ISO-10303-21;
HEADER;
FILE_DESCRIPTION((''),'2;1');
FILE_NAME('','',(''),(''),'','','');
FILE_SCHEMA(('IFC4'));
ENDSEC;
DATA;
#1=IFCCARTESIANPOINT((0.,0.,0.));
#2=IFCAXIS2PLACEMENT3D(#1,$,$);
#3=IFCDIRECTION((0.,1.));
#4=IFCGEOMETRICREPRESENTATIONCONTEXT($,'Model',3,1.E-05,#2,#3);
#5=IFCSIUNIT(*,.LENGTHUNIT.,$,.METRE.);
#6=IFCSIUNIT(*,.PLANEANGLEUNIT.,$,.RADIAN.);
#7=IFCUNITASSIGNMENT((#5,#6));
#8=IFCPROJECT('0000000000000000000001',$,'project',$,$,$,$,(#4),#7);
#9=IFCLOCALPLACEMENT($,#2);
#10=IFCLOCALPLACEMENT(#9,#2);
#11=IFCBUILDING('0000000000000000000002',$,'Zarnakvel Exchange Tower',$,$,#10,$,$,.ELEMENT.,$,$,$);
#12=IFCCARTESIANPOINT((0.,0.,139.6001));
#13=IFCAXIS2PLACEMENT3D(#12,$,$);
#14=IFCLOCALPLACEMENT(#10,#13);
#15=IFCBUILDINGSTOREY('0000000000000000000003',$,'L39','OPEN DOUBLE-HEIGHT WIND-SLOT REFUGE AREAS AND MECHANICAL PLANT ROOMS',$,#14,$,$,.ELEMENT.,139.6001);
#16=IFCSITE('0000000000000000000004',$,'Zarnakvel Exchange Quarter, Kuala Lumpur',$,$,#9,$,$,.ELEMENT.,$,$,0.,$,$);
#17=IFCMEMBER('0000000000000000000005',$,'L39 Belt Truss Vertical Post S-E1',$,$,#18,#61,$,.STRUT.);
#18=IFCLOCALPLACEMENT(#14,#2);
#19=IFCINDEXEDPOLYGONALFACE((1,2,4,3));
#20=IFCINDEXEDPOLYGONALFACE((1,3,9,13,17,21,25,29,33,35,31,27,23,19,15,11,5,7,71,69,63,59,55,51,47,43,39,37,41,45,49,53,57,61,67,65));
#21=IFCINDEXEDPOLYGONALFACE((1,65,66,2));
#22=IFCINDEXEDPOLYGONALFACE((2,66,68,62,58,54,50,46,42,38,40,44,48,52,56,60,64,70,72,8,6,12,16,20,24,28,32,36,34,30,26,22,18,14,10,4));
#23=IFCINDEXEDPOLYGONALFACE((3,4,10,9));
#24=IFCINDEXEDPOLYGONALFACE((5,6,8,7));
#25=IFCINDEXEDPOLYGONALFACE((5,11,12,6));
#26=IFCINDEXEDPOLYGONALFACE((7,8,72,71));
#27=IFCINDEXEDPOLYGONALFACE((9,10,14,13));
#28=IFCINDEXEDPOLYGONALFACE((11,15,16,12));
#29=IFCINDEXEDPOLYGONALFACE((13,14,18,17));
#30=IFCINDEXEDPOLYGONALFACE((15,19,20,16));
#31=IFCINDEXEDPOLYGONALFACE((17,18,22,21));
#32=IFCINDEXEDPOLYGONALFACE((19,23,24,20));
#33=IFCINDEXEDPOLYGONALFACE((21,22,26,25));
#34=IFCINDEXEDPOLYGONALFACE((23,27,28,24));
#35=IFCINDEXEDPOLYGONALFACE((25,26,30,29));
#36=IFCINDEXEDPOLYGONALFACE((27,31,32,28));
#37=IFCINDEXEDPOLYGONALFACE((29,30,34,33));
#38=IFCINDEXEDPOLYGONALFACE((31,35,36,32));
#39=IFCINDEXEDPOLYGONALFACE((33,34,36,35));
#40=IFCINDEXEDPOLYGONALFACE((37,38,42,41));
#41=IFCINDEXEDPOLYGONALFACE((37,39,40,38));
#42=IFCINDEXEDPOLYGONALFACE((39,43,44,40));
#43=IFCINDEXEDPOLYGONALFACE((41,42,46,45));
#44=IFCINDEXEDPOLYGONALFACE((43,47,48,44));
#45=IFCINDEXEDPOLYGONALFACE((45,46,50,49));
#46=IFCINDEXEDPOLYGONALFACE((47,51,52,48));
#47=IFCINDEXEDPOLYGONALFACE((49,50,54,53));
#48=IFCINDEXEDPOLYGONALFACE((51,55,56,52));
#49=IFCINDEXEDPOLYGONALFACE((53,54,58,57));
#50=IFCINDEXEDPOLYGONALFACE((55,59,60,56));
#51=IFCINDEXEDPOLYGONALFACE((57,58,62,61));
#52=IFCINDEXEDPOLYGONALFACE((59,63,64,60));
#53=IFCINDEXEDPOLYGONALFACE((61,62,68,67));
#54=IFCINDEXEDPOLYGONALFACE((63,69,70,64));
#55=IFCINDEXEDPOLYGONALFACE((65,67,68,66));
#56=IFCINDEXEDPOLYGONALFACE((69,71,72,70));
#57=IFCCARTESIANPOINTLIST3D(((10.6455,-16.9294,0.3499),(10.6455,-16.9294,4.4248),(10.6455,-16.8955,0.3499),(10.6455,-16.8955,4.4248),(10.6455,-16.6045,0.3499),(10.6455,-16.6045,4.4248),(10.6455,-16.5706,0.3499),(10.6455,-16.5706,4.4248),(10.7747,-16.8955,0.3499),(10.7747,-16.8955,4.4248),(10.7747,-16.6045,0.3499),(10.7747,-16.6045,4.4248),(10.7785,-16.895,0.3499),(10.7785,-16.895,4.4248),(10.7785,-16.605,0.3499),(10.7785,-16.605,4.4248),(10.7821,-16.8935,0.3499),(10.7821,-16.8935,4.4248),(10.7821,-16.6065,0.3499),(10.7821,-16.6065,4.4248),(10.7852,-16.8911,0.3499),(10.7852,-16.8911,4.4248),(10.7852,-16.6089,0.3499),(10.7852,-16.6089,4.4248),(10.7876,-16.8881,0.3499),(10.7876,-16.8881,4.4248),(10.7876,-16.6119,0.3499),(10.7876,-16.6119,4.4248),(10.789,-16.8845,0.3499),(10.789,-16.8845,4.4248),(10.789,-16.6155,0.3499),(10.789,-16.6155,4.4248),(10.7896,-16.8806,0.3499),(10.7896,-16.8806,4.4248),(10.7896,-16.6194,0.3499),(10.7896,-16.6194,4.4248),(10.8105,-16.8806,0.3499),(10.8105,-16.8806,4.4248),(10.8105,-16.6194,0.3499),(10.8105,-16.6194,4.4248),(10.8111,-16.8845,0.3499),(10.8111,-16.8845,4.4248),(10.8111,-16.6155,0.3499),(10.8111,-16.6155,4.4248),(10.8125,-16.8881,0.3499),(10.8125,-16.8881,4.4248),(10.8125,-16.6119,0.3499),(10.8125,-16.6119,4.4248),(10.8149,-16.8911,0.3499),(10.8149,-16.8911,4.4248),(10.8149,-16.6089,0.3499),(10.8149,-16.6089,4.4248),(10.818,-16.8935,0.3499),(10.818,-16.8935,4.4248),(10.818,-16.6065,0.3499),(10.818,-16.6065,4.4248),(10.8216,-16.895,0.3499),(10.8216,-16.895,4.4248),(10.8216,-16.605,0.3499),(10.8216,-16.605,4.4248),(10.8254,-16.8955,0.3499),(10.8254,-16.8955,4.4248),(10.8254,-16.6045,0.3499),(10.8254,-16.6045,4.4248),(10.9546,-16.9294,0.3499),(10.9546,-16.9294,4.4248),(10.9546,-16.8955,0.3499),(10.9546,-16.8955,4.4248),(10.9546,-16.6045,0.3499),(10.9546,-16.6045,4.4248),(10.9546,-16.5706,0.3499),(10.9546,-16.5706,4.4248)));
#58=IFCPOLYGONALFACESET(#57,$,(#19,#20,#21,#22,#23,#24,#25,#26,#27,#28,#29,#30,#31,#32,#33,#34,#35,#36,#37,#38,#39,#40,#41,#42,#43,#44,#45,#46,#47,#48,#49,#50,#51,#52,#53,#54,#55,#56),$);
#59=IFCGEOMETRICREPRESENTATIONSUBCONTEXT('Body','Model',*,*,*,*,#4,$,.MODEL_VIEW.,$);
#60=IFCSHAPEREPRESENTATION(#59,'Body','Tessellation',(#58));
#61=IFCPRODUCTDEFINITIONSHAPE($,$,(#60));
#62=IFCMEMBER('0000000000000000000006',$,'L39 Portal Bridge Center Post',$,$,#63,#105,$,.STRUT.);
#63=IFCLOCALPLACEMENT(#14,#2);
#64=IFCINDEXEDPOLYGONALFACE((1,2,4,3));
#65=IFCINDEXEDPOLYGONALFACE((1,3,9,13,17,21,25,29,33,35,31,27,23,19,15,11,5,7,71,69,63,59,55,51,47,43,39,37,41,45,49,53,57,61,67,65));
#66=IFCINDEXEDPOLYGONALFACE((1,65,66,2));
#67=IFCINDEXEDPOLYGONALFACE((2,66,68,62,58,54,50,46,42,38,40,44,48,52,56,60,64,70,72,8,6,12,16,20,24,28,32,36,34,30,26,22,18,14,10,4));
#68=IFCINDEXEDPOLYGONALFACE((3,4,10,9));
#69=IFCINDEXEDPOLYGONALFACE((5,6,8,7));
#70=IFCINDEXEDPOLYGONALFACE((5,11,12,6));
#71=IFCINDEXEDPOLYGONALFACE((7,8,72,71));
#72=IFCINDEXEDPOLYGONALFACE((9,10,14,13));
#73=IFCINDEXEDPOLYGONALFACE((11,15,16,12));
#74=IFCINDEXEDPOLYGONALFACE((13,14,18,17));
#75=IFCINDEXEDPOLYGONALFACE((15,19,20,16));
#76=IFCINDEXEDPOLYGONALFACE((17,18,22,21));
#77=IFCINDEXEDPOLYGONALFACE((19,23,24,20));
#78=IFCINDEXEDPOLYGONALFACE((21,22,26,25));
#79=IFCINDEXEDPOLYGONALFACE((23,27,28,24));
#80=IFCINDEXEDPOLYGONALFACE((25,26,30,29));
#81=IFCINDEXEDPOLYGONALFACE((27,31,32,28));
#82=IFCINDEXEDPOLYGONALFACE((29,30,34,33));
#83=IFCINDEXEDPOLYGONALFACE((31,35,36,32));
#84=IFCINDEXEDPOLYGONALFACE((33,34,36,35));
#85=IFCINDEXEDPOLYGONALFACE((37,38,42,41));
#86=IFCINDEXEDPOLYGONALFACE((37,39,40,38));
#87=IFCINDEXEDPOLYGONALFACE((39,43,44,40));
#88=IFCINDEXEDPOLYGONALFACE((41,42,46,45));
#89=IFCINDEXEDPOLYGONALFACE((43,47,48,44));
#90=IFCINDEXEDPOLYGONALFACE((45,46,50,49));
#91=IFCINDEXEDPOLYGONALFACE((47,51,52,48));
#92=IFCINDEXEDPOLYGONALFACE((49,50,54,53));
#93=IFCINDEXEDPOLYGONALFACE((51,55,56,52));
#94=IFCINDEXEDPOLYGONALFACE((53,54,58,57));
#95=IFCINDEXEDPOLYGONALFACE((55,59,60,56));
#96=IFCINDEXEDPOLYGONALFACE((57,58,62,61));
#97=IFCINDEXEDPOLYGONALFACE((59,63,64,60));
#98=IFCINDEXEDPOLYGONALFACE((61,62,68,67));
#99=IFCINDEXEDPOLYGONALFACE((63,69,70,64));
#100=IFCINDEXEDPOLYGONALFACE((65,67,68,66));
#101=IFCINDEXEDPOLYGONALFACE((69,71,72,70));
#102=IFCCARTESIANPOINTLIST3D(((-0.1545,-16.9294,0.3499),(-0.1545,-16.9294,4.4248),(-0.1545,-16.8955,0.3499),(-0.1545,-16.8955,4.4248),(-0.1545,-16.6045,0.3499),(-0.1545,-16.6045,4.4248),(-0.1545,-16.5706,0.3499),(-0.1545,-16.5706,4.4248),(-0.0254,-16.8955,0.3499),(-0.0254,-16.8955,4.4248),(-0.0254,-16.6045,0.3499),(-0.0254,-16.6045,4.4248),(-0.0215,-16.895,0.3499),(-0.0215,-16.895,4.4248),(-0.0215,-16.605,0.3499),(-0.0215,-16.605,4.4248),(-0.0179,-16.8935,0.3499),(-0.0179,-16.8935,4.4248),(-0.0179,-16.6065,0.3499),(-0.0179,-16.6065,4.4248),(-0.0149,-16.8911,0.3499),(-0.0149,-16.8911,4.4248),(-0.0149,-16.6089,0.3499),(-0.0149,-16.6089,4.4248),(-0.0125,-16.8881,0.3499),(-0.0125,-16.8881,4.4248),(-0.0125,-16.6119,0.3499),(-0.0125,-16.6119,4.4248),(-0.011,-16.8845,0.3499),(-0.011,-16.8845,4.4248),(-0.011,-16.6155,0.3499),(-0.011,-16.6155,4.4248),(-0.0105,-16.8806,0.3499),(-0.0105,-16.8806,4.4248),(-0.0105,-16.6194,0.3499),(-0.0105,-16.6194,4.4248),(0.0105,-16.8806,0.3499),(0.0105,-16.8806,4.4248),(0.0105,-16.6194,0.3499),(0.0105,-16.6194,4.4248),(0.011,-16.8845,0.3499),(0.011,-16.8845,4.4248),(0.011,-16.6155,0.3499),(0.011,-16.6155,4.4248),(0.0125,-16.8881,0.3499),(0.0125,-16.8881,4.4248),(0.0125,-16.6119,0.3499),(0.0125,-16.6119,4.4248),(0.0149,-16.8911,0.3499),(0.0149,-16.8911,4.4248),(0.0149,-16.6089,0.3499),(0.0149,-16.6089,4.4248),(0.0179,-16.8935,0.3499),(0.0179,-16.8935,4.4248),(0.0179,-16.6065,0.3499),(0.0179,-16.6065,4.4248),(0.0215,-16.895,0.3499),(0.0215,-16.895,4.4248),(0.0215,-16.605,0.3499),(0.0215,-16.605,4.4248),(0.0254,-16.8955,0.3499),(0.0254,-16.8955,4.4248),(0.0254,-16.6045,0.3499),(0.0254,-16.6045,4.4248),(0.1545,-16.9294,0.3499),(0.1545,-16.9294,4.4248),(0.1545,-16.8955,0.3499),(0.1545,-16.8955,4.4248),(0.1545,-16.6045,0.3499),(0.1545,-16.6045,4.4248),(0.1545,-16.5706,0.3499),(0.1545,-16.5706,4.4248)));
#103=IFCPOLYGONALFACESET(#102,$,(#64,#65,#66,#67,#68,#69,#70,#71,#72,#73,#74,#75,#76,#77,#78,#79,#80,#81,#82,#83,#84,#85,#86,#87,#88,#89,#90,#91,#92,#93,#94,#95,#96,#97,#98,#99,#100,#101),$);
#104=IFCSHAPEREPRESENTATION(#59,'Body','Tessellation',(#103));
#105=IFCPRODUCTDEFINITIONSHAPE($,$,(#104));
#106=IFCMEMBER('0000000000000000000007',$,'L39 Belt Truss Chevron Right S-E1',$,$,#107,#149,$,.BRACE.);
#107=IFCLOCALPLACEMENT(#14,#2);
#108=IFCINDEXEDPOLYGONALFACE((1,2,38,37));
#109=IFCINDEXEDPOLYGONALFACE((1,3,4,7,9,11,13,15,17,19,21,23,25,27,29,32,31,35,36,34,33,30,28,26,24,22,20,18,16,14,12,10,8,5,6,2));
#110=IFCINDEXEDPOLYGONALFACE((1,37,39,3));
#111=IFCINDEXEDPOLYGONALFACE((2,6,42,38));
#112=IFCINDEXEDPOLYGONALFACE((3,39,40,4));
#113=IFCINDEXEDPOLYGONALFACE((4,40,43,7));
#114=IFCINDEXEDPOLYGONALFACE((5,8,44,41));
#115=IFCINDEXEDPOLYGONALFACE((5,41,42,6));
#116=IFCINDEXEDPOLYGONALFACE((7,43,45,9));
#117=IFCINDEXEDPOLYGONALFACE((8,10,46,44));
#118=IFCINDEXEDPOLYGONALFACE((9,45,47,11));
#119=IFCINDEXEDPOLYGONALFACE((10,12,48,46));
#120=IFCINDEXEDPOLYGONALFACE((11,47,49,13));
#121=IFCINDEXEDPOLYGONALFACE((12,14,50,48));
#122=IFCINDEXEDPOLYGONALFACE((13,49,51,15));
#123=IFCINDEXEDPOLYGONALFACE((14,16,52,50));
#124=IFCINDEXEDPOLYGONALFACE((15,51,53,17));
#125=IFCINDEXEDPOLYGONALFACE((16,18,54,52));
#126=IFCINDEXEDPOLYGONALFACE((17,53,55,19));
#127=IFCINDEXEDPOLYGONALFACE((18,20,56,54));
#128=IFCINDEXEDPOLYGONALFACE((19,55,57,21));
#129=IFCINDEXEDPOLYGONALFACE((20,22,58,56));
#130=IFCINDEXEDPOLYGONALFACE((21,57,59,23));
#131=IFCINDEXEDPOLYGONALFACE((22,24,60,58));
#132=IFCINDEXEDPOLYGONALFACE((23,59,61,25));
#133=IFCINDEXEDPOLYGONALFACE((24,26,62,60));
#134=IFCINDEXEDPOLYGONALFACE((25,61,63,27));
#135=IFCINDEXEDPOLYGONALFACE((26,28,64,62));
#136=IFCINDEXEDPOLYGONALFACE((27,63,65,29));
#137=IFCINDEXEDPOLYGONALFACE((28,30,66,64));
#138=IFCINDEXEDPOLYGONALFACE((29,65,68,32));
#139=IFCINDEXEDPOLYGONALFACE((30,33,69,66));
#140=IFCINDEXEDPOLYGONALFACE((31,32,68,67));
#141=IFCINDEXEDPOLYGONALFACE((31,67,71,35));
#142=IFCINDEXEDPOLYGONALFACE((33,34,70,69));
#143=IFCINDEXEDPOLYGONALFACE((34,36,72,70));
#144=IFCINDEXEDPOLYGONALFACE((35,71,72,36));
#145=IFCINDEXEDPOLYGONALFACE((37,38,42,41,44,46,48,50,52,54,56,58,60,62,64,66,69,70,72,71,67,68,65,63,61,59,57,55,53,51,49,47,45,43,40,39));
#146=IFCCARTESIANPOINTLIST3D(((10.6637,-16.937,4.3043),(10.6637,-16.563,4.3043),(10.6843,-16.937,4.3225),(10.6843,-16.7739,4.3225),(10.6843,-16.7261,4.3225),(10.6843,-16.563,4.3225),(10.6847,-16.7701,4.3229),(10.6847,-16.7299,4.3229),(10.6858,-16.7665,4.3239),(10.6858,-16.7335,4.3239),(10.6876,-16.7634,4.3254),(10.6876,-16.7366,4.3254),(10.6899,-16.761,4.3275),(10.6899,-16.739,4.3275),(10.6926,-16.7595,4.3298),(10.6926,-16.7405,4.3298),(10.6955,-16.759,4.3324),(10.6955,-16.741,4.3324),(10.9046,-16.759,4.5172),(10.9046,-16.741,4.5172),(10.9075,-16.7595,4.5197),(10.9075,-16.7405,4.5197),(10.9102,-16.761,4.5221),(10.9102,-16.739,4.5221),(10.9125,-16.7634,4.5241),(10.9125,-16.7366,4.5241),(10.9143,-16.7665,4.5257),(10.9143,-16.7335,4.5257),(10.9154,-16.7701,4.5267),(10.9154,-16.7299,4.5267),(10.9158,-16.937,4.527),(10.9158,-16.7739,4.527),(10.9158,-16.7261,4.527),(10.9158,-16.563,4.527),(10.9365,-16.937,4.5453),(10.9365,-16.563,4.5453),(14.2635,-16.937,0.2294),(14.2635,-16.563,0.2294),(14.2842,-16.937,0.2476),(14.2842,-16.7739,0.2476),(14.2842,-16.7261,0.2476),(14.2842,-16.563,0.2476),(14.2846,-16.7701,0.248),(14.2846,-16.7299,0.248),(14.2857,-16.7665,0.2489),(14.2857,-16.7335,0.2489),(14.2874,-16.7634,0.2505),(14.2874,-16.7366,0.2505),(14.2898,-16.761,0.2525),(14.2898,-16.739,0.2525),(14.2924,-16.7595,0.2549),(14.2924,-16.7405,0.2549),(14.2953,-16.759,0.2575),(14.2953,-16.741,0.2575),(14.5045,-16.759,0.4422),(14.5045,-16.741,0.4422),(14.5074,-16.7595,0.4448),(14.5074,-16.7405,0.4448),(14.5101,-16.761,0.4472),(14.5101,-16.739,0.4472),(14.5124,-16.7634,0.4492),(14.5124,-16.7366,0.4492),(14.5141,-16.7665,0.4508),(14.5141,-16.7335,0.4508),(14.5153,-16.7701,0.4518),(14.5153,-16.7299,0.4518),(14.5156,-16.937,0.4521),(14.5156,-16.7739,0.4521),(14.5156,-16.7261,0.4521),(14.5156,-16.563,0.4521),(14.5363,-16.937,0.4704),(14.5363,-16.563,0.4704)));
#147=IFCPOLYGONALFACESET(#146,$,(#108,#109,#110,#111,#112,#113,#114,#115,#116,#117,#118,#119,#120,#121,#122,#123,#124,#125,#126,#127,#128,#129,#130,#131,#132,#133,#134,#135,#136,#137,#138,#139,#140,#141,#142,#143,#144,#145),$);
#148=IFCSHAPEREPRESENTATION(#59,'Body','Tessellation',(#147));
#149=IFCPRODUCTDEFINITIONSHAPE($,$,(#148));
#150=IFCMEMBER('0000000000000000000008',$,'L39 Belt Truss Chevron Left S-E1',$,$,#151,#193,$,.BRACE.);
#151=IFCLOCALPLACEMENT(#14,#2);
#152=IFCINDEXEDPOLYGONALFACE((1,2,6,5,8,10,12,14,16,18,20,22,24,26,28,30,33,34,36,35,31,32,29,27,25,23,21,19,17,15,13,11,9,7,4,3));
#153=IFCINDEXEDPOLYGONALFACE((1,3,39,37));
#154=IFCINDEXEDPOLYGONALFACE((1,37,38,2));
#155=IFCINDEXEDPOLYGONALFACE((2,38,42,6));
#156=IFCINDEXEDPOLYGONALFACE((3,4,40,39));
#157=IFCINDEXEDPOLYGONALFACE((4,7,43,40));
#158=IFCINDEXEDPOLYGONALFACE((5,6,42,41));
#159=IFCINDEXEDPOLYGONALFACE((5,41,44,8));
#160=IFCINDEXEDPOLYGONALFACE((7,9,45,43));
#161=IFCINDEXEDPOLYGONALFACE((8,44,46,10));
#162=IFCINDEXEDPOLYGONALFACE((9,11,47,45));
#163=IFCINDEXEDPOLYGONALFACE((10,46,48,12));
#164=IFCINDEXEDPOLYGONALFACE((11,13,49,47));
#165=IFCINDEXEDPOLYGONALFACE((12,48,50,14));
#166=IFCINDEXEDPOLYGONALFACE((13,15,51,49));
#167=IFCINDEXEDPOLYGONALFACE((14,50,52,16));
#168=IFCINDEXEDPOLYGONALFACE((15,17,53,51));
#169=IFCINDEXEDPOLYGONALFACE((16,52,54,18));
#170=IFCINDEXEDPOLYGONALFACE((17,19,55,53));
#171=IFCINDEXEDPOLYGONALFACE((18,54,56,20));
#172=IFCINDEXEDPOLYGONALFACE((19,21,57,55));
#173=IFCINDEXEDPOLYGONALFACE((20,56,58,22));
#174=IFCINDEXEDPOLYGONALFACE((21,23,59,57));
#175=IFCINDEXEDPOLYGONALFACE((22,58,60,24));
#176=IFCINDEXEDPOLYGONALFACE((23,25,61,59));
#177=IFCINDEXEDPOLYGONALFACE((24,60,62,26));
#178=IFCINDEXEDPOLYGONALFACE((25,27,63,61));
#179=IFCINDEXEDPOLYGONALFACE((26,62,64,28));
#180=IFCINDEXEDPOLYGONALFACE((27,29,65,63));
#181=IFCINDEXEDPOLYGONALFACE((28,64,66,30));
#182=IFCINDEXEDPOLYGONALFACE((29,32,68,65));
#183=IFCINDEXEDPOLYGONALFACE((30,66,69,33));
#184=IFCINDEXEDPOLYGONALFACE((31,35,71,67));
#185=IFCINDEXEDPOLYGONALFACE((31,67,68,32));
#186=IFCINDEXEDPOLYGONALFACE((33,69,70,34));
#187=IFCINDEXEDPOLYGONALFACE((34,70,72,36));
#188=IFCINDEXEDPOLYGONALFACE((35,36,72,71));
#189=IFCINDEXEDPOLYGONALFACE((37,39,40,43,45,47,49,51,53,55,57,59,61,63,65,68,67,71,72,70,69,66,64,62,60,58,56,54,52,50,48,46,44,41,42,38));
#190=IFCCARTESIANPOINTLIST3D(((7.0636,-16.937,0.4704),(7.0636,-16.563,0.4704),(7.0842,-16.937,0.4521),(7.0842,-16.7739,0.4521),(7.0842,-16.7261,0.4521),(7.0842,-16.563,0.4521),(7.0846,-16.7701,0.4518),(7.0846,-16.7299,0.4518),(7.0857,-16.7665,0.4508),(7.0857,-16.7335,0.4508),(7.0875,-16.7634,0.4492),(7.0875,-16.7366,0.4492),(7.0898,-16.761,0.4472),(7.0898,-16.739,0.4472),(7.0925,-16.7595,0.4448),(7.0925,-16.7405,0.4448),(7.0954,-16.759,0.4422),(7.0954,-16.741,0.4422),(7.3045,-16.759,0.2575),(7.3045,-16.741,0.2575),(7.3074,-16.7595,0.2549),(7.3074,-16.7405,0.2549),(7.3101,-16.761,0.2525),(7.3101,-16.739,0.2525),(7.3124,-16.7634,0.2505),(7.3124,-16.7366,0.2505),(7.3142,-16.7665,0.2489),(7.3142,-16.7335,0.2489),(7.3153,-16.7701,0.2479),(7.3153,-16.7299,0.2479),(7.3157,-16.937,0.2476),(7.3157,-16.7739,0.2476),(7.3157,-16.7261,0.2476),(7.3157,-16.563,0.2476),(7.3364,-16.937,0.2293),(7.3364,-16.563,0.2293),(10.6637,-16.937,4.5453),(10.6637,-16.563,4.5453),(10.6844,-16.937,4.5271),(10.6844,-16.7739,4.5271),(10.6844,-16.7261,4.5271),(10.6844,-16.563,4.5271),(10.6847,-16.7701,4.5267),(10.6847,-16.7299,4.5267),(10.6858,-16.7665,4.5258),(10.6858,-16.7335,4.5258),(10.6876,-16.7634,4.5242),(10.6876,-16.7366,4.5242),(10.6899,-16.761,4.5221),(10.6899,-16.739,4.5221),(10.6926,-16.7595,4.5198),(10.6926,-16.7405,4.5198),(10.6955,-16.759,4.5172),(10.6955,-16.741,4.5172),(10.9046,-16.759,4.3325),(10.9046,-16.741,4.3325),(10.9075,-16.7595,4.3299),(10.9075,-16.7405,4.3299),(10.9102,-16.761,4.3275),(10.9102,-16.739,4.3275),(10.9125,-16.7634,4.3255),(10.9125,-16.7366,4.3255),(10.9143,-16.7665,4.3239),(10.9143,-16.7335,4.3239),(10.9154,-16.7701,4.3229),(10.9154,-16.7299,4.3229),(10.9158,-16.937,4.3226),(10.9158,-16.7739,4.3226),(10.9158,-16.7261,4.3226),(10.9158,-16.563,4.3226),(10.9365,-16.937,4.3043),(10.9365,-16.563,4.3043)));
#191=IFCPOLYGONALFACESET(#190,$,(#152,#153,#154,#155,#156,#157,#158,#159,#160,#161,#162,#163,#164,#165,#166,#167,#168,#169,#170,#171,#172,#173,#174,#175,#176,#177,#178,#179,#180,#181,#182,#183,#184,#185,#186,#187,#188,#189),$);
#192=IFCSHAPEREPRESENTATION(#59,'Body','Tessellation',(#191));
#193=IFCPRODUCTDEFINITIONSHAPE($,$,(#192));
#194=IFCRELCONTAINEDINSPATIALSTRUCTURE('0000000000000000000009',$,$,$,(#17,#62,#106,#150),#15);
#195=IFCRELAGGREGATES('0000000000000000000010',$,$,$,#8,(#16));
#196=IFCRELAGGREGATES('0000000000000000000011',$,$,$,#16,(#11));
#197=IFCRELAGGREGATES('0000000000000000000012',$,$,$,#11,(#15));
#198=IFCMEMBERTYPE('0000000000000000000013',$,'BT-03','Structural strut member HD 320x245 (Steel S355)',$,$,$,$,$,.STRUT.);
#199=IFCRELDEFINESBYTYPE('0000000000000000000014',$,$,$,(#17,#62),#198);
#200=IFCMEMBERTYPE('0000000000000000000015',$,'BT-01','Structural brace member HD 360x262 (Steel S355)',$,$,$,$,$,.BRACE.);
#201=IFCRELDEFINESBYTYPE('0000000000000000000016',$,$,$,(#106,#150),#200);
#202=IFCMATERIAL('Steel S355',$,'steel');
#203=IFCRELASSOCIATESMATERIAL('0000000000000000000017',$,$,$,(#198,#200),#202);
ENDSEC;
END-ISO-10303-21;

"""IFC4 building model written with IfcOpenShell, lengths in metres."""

from ifc_helpers import new_model, si_unit, direction, frame, origin, origin_2d, place, context, subcontext, project, spatial, i_section, extrude, source, transform, mapped, material, material_profile, profile_set, type_object, element, save


model = new_model("IFC4")

# Units and contexts
model_context = context("Model", 3, precision=1e-05, world=origin(), true_north=direction((0.0, 1.0)))
body_context = subcontext(model_context, "Body", "Model", "MODEL_VIEW")
ifc_project = project(units=[si_unit("LENGTHUNIT", "METRE"), si_unit("PLANEANGLEUNIT", "RADIAN")], contexts=[model_context])

# Site, building, storey
site_placement = place(None, origin())
site = spatial("IfcSite", under=ifc_project, at=site_placement, Name="Zarnakvel Exchange Quarter, Kuala Lumpur", CompositionType="ELEMENT", RefElevation=0.0)
building_placement = place(site_placement, origin())
building = spatial("IfcBuilding", under=site, at=building_placement, Name="Zarnakvel Exchange Tower", CompositionType="ELEMENT")
storey_placement = place(building_placement, frame((0.0, 0.0, 139.6001)))
storey = spatial("IfcBuildingStorey", under=building, at=storey_placement, Name="L39", Description="OPEN DOUBLE-HEIGHT WIND-SLOT REFUGE AREAS AND MECHANICAL PLANT ROOMS", CompositionType="ELEMENT", Elevation=139.6001)

# Shared definitions
ifc_material_1 = material(Name="Steel S355", Category="steel")

# Members
ifc_material_profile_1 = material_profile(ifc_material_1, i_section(OverallWidth=0.3091, OverallDepth=0.3589, WebThickness=0.021, FlangeThickness=0.0339, FilletRadius=0.0149, at=origin_2d()))
ifc_profile_set_1 = profile_set([ifc_material_profile_1], Name="Steel S355")
member_type_1 = type_object("IfcMemberType", Name="BT-03", Description="Structural strut member HD 320x245 (Steel S355)", PredefinedType="STRUT", material=ifc_profile_set_1)
shared_shape_1 = source(origin(), body_context, "Body", "SweptSolid", [
    extrude(i_section(OverallWidth=0.3091, OverallDepth=0.3589, WebThickness=0.021, FlangeThickness=0.0339, FilletRadius=0.0149, at=origin_2d()), origin(), (0.0, 0.0, 1.0), 4.075),
])
for number, where, z_axis, x_axis, name in (
    (1, (10.8, -16.75, 0.3499), (0.0, 0.0, 1.0), (1.0, 0.0, 0.0), "L39 Belt Truss Vertical Post S-E1"),
    (2, (0.0, -16.75, 0.3499), (0.0, 0.0, 1.0), (1.0, 0.0, 0.0), "L39 Portal Bridge Center Post"),
):
    element("IfcMember", number, at=place(storey_placement, frame(where, z_axis=z_axis, x_axis=x_axis)), inside=storey, type_object=member_type_1, Name=name, PredefinedType="STRUT", context=body_context, shape_type="MappedRepresentation", body=[
        mapped(shared_shape_1, transform((0.0, 0.0, 0.0), x_axis=(1.0, 0.0, 0.0), y_axis=(0.0, 1.0, 0.0), z_axis=(0.0, 0.0, 1.0), scale=1.0)),
    ])
ifc_material_profile_2 = material_profile(ifc_material_1, i_section(OverallWidth=0.374, OverallDepth=0.364, WebThickness=0.0181, FlangeThickness=0.0276, FilletRadius=0.0149, at=origin_2d()))
ifc_profile_set_2 = profile_set([ifc_material_profile_2], Name="Steel S355")
member_type_2 = type_object("IfcMemberType", Name="BT-01", Description="Structural brace member HD 360x262 (Steel S355)", PredefinedType="BRACE", material=ifc_profile_set_2)
shared_shape_2 = source(origin(), body_context, "Body", "SweptSolid", [
    extrude(i_section(OverallWidth=0.374, OverallDepth=0.364, WebThickness=0.0181, FlangeThickness=0.0276, FilletRadius=0.0149, at=origin_2d()), origin(), (0.0, 0.0, 1.0), 5.4373),
])
member_1_placement = place(storey_placement, frame((14.3999, -16.75, 0.3499), z_axis=(-0.662067, 0.0, 0.749445), x_axis=(0.0, -1.0, 0.0)))
element("IfcMember", 3, at=member_1_placement, inside=storey, type_object=member_type_2, Name="L39 Belt Truss Chevron Right S-E1", PredefinedType="BRACE", context=body_context, shape_type="MappedRepresentation", body=[
    mapped(shared_shape_2, transform((0.0, 0.0, 0.0), x_axis=(1.0, 0.0, 0.0), y_axis=(0.0, 1.0, 0.0), z_axis=(0.0, 0.0, 1.0), scale=1.0)),
])
shared_shape_3 = source(origin(), body_context, "Body", "SweptSolid", [
    extrude(i_section(OverallWidth=0.374, OverallDepth=0.364, WebThickness=0.0181, FlangeThickness=0.0276, FilletRadius=0.0149, at=origin_2d()), origin(), (0.0, 0.0, 1.0), 5.4375),
])
member_2_placement = place(storey_placement, frame((7.2, -16.75, 0.3499), z_axis=(0.662092, 0.0, 0.749422), x_axis=(0.0, 1.0, 0.0)))
element("IfcMember", 4, at=member_2_placement, inside=storey, type_object=member_type_2, Name="L39 Belt Truss Chevron Left S-E1", PredefinedType="BRACE", context=body_context, shape_type="MappedRepresentation", body=[
    mapped(shared_shape_3, transform((0.0, 0.0, 0.0), x_axis=(1.0, 0.0, 0.0), y_axis=(0.0, 1.0, 0.0), z_axis=(0.0, 0.0, 1.0), scale=1.0)),
])

save(model, "model.ifc")
